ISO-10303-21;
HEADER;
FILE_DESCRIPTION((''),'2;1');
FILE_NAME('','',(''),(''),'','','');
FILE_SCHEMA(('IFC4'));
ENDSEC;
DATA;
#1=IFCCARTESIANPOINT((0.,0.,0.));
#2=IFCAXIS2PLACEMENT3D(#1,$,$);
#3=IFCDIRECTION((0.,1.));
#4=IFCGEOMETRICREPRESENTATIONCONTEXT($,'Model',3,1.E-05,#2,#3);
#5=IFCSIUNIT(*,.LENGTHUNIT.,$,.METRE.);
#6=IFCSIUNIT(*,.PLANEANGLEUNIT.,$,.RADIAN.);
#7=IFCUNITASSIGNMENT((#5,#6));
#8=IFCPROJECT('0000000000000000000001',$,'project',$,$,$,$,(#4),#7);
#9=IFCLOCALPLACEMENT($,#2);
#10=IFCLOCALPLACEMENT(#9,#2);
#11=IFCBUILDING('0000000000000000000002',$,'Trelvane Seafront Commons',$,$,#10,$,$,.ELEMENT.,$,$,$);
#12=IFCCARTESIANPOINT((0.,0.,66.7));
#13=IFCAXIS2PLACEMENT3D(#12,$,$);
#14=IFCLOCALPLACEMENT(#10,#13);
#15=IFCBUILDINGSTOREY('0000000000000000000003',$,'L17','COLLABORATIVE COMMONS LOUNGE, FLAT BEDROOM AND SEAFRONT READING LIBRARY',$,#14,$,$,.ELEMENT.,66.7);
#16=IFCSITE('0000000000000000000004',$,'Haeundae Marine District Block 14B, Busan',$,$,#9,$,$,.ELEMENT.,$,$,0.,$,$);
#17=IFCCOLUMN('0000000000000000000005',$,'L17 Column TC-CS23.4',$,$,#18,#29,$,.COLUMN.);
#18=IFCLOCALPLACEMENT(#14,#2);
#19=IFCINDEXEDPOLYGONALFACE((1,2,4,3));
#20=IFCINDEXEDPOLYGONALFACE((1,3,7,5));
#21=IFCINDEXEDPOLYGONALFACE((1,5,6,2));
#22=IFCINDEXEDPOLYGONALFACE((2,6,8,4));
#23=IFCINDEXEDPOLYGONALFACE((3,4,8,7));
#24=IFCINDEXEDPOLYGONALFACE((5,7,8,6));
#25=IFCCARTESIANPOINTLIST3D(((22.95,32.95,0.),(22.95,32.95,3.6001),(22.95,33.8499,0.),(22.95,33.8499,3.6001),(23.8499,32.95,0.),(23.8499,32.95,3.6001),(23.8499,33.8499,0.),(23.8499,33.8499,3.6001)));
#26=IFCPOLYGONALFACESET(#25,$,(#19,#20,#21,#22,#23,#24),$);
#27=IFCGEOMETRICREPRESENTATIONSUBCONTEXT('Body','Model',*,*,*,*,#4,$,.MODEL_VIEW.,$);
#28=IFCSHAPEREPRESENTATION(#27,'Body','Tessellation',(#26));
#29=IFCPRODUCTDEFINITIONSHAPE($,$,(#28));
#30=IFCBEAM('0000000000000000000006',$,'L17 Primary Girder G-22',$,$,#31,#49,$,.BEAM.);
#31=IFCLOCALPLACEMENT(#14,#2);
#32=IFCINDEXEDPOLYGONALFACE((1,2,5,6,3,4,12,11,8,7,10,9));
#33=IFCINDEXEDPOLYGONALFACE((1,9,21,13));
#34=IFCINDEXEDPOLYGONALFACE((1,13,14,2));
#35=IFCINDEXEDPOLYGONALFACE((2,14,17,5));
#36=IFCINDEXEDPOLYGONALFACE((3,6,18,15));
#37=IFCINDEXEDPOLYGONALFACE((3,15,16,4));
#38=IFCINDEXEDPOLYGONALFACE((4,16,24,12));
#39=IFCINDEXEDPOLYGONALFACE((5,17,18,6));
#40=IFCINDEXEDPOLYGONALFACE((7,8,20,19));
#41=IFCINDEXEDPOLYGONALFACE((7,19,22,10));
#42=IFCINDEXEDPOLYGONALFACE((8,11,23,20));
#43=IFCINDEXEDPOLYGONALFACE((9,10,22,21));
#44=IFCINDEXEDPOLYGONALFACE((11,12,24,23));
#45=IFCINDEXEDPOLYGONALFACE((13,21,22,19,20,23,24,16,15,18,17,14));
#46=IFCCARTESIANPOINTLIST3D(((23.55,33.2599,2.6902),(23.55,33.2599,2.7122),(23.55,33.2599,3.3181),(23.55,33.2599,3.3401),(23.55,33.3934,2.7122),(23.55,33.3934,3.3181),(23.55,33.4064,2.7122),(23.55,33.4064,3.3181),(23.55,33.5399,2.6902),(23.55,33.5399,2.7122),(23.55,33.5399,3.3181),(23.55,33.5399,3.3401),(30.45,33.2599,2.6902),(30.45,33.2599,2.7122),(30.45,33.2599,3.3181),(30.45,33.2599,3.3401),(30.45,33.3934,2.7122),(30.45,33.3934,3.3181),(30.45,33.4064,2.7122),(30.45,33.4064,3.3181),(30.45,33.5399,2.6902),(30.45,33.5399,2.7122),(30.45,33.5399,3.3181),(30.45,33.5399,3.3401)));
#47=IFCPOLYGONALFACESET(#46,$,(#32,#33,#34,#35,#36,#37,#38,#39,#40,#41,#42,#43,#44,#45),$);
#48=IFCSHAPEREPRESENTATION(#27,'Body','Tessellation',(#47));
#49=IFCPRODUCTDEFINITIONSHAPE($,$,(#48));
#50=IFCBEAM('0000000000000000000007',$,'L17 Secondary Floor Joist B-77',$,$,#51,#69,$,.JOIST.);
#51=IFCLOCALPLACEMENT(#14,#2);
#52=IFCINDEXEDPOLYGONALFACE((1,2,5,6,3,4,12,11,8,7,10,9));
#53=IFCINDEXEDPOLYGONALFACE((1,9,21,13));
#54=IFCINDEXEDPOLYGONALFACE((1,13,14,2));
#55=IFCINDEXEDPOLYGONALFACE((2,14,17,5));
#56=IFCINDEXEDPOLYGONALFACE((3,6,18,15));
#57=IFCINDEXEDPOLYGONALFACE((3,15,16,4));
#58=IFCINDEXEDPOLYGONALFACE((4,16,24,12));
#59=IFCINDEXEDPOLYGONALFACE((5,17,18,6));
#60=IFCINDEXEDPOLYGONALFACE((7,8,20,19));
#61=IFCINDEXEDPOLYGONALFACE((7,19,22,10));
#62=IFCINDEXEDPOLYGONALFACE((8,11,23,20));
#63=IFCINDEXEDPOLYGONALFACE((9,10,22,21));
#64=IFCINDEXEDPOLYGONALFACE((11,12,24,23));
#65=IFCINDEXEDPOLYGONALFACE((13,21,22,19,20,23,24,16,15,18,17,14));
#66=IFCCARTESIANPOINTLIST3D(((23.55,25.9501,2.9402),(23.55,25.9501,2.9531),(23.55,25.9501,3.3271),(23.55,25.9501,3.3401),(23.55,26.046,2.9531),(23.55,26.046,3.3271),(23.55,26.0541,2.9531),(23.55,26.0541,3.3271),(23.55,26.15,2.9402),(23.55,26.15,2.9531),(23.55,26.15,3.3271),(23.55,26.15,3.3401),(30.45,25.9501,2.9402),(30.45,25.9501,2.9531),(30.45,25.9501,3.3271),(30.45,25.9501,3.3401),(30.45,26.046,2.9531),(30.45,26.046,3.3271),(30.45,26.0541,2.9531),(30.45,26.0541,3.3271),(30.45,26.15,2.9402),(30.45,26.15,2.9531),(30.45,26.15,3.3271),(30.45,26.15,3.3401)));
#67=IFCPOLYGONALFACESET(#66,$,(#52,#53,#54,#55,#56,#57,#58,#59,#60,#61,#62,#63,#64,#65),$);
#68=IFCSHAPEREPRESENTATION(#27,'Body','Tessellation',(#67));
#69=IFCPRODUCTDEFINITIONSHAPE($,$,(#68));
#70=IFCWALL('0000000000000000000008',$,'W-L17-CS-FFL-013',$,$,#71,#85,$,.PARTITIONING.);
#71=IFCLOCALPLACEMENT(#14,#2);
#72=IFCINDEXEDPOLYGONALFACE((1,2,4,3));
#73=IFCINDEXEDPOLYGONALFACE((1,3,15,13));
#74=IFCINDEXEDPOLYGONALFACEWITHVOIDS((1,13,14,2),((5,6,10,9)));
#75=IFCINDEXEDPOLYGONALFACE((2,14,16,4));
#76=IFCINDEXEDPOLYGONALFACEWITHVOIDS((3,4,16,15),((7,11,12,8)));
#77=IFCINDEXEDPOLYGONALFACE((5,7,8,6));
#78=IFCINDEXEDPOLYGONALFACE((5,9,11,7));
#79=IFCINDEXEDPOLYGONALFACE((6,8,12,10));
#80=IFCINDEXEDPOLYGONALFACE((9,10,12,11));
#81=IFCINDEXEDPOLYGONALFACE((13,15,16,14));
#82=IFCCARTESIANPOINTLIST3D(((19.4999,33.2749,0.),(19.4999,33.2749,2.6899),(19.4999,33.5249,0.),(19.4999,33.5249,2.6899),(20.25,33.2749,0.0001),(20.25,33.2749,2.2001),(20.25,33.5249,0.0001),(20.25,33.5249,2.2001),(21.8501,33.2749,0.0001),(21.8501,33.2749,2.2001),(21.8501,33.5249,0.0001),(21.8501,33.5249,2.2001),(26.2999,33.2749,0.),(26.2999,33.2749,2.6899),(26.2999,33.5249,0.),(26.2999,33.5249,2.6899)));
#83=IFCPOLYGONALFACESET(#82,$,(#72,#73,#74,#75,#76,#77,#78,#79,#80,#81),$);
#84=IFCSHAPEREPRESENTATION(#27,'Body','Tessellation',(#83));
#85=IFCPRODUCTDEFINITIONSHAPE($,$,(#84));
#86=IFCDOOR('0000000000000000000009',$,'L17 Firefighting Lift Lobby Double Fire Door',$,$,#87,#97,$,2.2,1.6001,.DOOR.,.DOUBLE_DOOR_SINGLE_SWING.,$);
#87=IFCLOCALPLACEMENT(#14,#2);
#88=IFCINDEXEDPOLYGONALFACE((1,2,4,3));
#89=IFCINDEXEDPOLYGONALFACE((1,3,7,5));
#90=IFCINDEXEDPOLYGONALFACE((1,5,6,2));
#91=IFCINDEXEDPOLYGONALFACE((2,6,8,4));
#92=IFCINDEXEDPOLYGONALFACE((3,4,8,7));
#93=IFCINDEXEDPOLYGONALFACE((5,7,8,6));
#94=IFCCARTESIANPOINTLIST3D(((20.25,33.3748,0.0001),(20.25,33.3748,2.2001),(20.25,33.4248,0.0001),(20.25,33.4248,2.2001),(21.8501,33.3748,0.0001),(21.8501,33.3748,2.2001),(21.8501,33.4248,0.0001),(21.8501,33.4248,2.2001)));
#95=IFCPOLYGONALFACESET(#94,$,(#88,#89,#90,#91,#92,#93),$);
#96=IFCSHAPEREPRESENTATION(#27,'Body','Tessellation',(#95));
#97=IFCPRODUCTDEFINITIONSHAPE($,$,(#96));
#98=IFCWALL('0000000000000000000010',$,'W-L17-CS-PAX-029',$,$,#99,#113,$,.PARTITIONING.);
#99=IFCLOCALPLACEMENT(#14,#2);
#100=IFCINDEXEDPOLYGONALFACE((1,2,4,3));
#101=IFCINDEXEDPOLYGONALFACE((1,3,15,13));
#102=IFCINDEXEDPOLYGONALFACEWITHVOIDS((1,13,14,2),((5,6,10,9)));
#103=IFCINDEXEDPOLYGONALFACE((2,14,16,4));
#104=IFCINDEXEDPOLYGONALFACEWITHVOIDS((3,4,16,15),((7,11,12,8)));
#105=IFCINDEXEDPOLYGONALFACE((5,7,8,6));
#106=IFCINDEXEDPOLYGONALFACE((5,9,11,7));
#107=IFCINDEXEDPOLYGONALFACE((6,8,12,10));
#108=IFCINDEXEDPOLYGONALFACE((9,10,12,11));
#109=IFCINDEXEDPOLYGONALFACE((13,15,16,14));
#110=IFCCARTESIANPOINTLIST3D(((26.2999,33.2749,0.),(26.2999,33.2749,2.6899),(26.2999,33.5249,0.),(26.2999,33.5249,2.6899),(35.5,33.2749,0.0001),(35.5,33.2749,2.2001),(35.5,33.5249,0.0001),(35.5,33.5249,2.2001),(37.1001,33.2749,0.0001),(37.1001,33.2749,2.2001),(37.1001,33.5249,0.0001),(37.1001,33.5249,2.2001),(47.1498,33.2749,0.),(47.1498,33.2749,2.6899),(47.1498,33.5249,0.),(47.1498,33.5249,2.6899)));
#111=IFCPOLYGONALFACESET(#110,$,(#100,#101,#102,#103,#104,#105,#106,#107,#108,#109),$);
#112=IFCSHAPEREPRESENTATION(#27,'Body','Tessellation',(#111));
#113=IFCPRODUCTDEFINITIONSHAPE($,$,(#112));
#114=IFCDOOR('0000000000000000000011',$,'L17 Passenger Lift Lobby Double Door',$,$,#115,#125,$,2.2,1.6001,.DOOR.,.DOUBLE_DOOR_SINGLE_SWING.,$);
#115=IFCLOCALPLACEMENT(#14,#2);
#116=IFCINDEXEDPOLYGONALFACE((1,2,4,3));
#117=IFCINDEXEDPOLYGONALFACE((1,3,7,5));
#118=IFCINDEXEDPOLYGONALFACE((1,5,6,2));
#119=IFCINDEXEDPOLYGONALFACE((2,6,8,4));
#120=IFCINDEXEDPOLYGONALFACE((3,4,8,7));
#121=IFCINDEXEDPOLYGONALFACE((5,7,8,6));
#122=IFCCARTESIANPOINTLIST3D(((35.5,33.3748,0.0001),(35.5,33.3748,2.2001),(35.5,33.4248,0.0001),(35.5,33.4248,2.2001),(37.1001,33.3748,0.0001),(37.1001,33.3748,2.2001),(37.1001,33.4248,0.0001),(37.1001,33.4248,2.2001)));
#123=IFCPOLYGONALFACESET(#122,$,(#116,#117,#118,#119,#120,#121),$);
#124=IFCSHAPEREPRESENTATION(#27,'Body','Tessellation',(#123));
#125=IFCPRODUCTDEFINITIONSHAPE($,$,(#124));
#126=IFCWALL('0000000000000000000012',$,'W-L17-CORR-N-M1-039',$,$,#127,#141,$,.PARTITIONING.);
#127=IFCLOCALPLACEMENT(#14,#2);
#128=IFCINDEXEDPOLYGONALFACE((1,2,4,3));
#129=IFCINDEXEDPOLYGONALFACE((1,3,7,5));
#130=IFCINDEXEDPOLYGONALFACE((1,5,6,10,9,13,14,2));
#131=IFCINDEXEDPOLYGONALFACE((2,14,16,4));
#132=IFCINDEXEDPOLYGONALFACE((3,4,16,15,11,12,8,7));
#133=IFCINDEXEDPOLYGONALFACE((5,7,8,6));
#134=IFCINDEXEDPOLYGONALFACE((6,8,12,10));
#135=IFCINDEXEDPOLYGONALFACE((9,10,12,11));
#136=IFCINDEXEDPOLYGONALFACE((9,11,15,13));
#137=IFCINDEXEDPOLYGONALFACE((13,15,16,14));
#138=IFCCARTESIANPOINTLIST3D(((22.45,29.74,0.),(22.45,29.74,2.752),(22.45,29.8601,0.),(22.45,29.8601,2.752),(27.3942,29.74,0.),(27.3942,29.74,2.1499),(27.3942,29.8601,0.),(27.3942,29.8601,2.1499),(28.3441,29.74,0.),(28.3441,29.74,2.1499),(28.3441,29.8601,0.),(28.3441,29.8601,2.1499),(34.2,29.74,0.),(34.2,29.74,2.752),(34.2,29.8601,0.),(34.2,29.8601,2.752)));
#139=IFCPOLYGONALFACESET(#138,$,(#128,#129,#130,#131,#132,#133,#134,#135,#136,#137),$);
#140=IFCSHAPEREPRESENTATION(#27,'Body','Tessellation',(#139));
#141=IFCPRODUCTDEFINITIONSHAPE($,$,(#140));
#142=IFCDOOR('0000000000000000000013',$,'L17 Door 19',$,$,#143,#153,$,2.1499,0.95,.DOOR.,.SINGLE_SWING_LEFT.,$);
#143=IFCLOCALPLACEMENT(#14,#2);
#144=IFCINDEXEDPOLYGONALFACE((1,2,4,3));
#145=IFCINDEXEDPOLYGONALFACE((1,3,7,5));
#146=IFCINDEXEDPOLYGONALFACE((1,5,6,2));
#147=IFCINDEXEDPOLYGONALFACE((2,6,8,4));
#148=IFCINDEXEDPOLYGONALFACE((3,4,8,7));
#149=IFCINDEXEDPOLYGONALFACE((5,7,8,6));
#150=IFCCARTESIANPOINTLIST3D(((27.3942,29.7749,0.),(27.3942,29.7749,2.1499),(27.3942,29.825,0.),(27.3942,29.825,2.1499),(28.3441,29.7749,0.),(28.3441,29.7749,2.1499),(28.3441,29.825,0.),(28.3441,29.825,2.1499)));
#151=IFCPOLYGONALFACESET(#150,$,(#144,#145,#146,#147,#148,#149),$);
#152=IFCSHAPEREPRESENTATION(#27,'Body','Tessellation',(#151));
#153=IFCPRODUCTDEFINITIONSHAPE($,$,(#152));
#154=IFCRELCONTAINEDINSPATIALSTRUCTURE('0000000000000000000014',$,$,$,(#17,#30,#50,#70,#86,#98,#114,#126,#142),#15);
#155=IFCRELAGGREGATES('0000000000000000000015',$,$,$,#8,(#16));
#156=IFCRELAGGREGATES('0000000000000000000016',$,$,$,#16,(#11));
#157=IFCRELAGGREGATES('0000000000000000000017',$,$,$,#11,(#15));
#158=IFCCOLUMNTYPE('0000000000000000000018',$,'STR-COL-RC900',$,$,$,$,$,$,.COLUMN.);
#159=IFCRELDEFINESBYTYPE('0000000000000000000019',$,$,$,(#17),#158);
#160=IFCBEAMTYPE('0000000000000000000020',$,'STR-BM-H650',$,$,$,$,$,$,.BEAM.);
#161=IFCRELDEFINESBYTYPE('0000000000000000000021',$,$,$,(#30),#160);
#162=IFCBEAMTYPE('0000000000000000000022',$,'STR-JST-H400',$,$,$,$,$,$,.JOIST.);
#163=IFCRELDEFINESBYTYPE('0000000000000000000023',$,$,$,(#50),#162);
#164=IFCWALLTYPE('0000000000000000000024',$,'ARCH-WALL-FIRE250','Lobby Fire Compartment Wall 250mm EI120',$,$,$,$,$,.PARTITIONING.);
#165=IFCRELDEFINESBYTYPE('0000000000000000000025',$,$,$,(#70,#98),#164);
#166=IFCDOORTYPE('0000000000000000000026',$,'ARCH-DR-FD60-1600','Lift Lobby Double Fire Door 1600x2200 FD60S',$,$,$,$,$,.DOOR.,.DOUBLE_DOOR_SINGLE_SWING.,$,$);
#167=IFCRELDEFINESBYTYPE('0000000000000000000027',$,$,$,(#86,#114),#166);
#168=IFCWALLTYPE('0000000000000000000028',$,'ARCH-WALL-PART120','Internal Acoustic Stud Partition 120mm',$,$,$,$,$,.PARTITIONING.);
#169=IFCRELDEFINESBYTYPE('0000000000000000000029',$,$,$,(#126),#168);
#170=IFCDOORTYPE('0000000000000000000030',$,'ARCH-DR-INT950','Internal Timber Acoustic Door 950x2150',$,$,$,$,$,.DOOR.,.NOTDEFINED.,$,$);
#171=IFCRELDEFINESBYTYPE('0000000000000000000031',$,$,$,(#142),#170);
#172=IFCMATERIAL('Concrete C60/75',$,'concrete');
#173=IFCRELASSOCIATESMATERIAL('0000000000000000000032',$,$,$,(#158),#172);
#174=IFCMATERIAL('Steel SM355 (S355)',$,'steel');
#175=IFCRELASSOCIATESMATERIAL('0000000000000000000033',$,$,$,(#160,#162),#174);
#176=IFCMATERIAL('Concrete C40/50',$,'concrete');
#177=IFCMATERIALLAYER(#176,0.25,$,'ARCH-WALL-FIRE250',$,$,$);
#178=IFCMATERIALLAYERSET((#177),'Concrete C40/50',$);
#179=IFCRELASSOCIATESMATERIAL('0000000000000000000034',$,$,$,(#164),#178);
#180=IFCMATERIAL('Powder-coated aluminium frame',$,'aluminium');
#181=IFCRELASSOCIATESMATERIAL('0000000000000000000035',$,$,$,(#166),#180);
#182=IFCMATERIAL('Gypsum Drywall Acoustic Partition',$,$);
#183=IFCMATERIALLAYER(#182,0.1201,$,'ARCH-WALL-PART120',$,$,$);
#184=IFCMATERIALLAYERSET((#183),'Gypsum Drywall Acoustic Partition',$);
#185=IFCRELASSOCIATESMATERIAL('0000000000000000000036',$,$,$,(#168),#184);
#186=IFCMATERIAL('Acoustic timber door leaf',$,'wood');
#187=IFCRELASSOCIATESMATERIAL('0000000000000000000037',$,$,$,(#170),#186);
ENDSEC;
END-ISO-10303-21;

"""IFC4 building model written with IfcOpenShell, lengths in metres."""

from ifc_helpers import new_model, si_unit, direction, frame, frame_2d, origin, origin_2d, place, context, subcontext, project, spatial, rectangle, i_section, extrude, source, transform, mapped, material, layer, layer_set, material_profile, profile_set, type_object, element, fill, save


model = new_model("IFC4")

# Units and contexts
model_context = context("Model", 3, precision=1e-05, world=origin(), true_north=direction((0.0, 1.0)))
body_context = subcontext(model_context, "Body", "Model", "MODEL_VIEW")
ifc_project = project(units=[si_unit("LENGTHUNIT", "METRE"), si_unit("PLANEANGLEUNIT", "RADIAN")], contexts=[model_context])

# Site, building, storey
site_placement = place(None, origin())
site = spatial("IfcSite", under=ifc_project, at=site_placement, Name="Haeundae Marine District Block 14B, Busan", CompositionType="ELEMENT", RefElevation=0.0)
building_placement = place(site_placement, origin())
building = spatial("IfcBuilding", under=site, at=building_placement, Name="Trelvane Seafront Commons", CompositionType="ELEMENT")
storey_placement = place(building_placement, frame((0.0, 0.0, 66.7)))
storey = spatial("IfcBuildingStorey", under=building, at=storey_placement, Name="L17", Description="COLLABORATIVE COMMONS LOUNGE, FLAT BEDROOM AND SEAFRONT READING LIBRARY", CompositionType="ELEMENT", Elevation=66.7)

# Column
ifc_material_1 = material(Name="Concrete C60/75", Category="concrete")
ifc_material_profile_1 = material_profile(ifc_material_1, rectangle(XDim=0.8999, YDim=0.8999, at=origin_2d()), Name="RC-900x900")
ifc_profile_set_1 = profile_set([ifc_material_profile_1], Name="Concrete C60/75")
column_type = type_object("IfcColumnType", Name="STR-COL-RC900", PredefinedType="COLUMN", material=ifc_profile_set_1)
shared_shape_1 = source(origin(), body_context, "Body", "SweptSolid", [
    extrude(rectangle(XDim=0.8999, YDim=0.8999, at=origin_2d()), origin(), (0.0, 0.0, 1.0), 3.6001),
])
column_placement = place(storey_placement, frame((23.3999, 33.3999, 0.0), z_axis=(0.0, 0.0, 1.0), x_axis=(1.0, 0.0, 0.0)))
element("IfcColumn", 1, at=column_placement, inside=storey, type_object=column_type, Name="L17 Column TC-CS23.4", PredefinedType="COLUMN", context=body_context, shape_type="MappedRepresentation", body=[
    mapped(shared_shape_1, transform((0.0, 0.0, 0.0), x_axis=(1.0, 0.0, 0.0), y_axis=(0.0, 1.0, 0.0), z_axis=(0.0, 0.0, 1.0), scale=1.0)),
])

# Beams
ifc_material_2 = material(Name="Steel SM355 (S355)", Category="steel")
ifc_material_profile_2 = material_profile(ifc_material_2, i_section(OverallWidth=0.28, OverallDepth=0.6499, WebThickness=0.0129, FlangeThickness=0.022, at=origin_2d()), Name="H-650x280x13x22")
ifc_profile_set_2 = profile_set([ifc_material_profile_2], Name="Steel SM355 (S355)")
beam_type_1 = type_object("IfcBeamType", Name="STR-BM-H650", PredefinedType="BEAM", material=ifc_profile_set_2)
shared_shape_2 = source(origin(), body_context, "Body", "SweptSolid", [
    extrude(i_section(OverallWidth=0.28, OverallDepth=0.6499, WebThickness=0.0129, FlangeThickness=0.022, at=origin_2d()), origin(), (0.0, 0.0, 1.0), 6.8999),
])
beam_1_placement = place(storey_placement, frame((23.55, 33.3999, 3.0151), z_axis=(1.0, 0.0, 0.0), x_axis=(0.0, 1.0, 0.0)))
element("IfcBeam", 2, at=beam_1_placement, inside=storey, type_object=beam_type_1, Name="L17 Primary Girder G-22", PredefinedType="BEAM", context=body_context, shape_type="MappedRepresentation", body=[
    mapped(shared_shape_2, transform((0.0, 0.0, 0.0), x_axis=(1.0, 0.0, 0.0), y_axis=(0.0, 1.0, 0.0), z_axis=(0.0, 0.0, 1.0), scale=1.0)),
])
ifc_material_profile_3 = material_profile(ifc_material_2, i_section(OverallWidth=0.2, OverallDepth=0.3999, WebThickness=0.0081, FlangeThickness=0.0129, at=origin_2d()), Name="H-400x200x8x13")
ifc_profile_set_3 = profile_set([ifc_material_profile_3], Name="Steel SM355 (S355)")
beam_type_2 = type_object("IfcBeamType", Name="STR-JST-H400", PredefinedType="JOIST", material=ifc_profile_set_3)
shared_shape_3 = source(origin(), body_context, "Body", "SweptSolid", [
    extrude(i_section(OverallWidth=0.2, OverallDepth=0.3999, WebThickness=0.0081, FlangeThickness=0.0129, at=origin_2d()), origin(), (0.0, 0.0, 1.0), 6.8999),
])
beam_2_placement = place(storey_placement, frame((23.55, 26.05, 3.1401), z_axis=(1.0, 0.0, 0.0), x_axis=(0.0, 1.0, 0.0)))
element("IfcBeam", 3, at=beam_2_placement, inside=storey, type_object=beam_type_2, Name="L17 Secondary Floor Joist B-77", PredefinedType="JOIST", context=body_context, shape_type="MappedRepresentation", body=[
    mapped(shared_shape_3, transform((0.0, 0.0, 0.0), x_axis=(1.0, 0.0, 0.0), y_axis=(0.0, 1.0, 0.0), z_axis=(0.0, 0.0, 1.0), scale=1.0)),
])

# Walls, openings, doors
ifc_material_3 = material(Name="Concrete C40/50", Category="concrete")
ifc_layer_1 = layer(ifc_material_3, 0.25, Name="ARCH-WALL-FIRE250")
ifc_layer_set_1 = layer_set([ifc_layer_1], Name="Concrete C40/50")
wall_type_1 = type_object("IfcWallType", Name="ARCH-WALL-FIRE250", Description="Lobby Fire Compartment Wall 250mm EI120", PredefinedType="PARTITIONING", material=ifc_layer_set_1)
wall_1_placement = place(storey_placement, frame((19.5, 33.3999, 0.0), z_axis=(0.0, 0.0, 1.0), x_axis=(1.0, 0.0, 0.0)))
wall_1 = element("IfcWall", 4, at=wall_1_placement, inside=storey, type_object=wall_type_1, Name="W-L17-CS-FFL-013", PredefinedType="PARTITIONING", context=body_context, shape_type="SweptSolid", body=[
    extrude(rectangle(XDim=6.8, YDim=0.25, at=frame_2d((3.3999, 0.0))), origin(), (0.0, 0.0, 1.0), 2.6899),
])
opening_1_placement = place(wall_1_placement, frame((0.75, 0.0, 0.0)))
opening_1 = element("IfcOpeningElement", 5, at=opening_1_placement, cuts=wall_1, PredefinedType="OPENING", context=body_context, shape_type="SweptSolid", body=[
    extrude(rectangle(XDim=1.6001, YDim=2.2, at=frame_2d((0.8, 1.1001))), frame((0.0, 0.135, 0.0), z_axis=(0.0, -1.0, 0.0), x_axis=(1.0, 0.0, 0.0)), (0.0, 0.0, 1.0), 0.27),
])
ifc_material_4 = material(Name="Powder-coated aluminium frame", Category="aluminium")
door_type_1 = type_object("IfcDoorType", Name="ARCH-DR-FD60-1600", Description="Lift Lobby Double Fire Door 1600x2200 FD60S", OperationType="DOUBLE_DOOR_SINGLE_SWING", PredefinedType="DOOR", material=ifc_material_4)
shared_shape_4 = source(origin(), body_context, "Body", "SweptSolid", [
    extrude(rectangle(XDim=1.6001, YDim=2.2, at=frame_2d((0.8, 1.1001))), frame((0.0, 0.0249, 0.0), z_axis=(0.0, -1.0, 0.0), x_axis=(1.0, 0.0, 0.0)), (0.0, 0.0, 1.0), 0.05),
])
door_1_placement = place(opening_1_placement, origin())
door_1 = element("IfcDoor", 6, at=door_1_placement, inside=storey, type_object=door_type_1, Name="L17 Firefighting Lift Lobby Double Fire Door", OperationType="DOUBLE_DOOR_SINGLE_SWING", OverallHeight=2.2, OverallWidth=1.6001, PredefinedType="DOOR", context=body_context, shape_type="MappedRepresentation", body=[
    mapped(shared_shape_4, transform((0.0, 0.0, 0.0), x_axis=(1.0, 0.0, 0.0), y_axis=(0.0, 1.0, 0.0), z_axis=(0.0, 0.0, 1.0), scale=1.0)),
])
fill(opening_1, door_1)
wall_2_placement = place(storey_placement, frame((26.3, 33.3999, 0.0), z_axis=(0.0, 0.0, 1.0), x_axis=(1.0, 0.0, 0.0)))
wall_2 = element("IfcWall", 7, at=wall_2_placement, inside=storey, type_object=wall_type_1, Name="W-L17-CS-PAX-029", PredefinedType="PARTITIONING", context=body_context, shape_type="SweptSolid", body=[
    extrude(rectangle(XDim=20.8499, YDim=0.25, at=frame_2d((10.4248, 0.0))), origin(), (0.0, 0.0, 1.0), 2.6899),
])
opening_2_placement = place(wall_2_placement, frame((9.2, 0.0, 0.0)))
opening_2 = element("IfcOpeningElement", 8, at=opening_2_placement, cuts=wall_2, PredefinedType="OPENING", context=body_context, shape_type="SweptSolid", body=[
    extrude(rectangle(XDim=1.6001, YDim=2.2, at=frame_2d((0.8, 1.1001))), frame((0.0, 0.135, 0.0), z_axis=(0.0, -1.0, 0.0), x_axis=(1.0, 0.0, 0.0)), (0.0, 0.0, 1.0), 0.27),
])
door_2_placement = place(opening_2_placement, origin())
door_2 = element("IfcDoor", 9, at=door_2_placement, inside=storey, type_object=door_type_1, Name="L17 Passenger Lift Lobby Double Door", OperationType="DOUBLE_DOOR_SINGLE_SWING", OverallHeight=2.2, OverallWidth=1.6001, PredefinedType="DOOR", context=body_context, shape_type="MappedRepresentation", body=[
    mapped(shared_shape_4, transform((0.0, 0.0, 0.0), x_axis=(1.0, 0.0, 0.0), y_axis=(0.0, 1.0, 0.0), z_axis=(0.0, 0.0, 1.0), scale=1.0)),
])
fill(opening_2, door_2)
ifc_material_5 = material(Name="Gypsum Drywall Acoustic Partition")
ifc_layer_2 = layer(ifc_material_5, 0.1201, Name="ARCH-WALL-PART120")
ifc_layer_set_2 = layer_set([ifc_layer_2], Name="Gypsum Drywall Acoustic Partition")
wall_type_2 = type_object("IfcWallType", Name="ARCH-WALL-PART120", Description="Internal Acoustic Stud Partition 120mm", PredefinedType="PARTITIONING", material=ifc_layer_set_2)
wall_3_placement = place(storey_placement, frame((22.45, 29.8, 0.0), z_axis=(0.0, 0.0, 1.0), x_axis=(1.0, 0.0, 0.0)))
wall_3 = element("IfcWall", 10, at=wall_3_placement, inside=storey, type_object=wall_type_2, Name="W-L17-CORR-N-M1-039", PredefinedType="PARTITIONING", context=body_context, shape_type="SweptSolid", body=[
    extrude(rectangle(XDim=11.75, YDim=0.1201, at=frame_2d((5.875, 0.0))), origin(), (0.0, 0.0, 1.0), 2.752),
])
opening_3_placement = place(wall_3_placement, frame((4.9441, 0.0, 0.0)))
opening_3 = element("IfcOpeningElement", 11, at=opening_3_placement, cuts=wall_3, PredefinedType="OPENING", context=body_context, shape_type="SweptSolid", body=[
    extrude(rectangle(XDim=0.95, YDim=2.1499, at=frame_2d((0.4751, 1.075))), frame((0.0, 0.0701, 0.0), z_axis=(0.0, -1.0, 0.0), x_axis=(1.0, 0.0, 0.0)), (0.0, 0.0, 1.0), 0.1401),
])
ifc_material_6 = material(Name="Acoustic timber door leaf", Category="wood")
door_type_2 = type_object("IfcDoorType", Name="ARCH-DR-INT950", Description="Internal Timber Acoustic Door 950x2150", OperationType="NOTDEFINED", PredefinedType="DOOR", material=ifc_material_6)
shared_shape_5 = source(origin(), body_context, "Body", "SweptSolid", [
    extrude(rectangle(XDim=0.95, YDim=2.1499, at=frame_2d((0.4751, 1.075))), frame((0.0, 0.0249, 0.0), z_axis=(0.0, -1.0, 0.0), x_axis=(1.0, 0.0, 0.0)), (0.0, 0.0, 1.0), 0.05),
])
door_3_placement = place(opening_3_placement, origin())
door_3 = element("IfcDoor", 12, at=door_3_placement, inside=storey, type_object=door_type_2, Name="L17 Door 19", OperationType="SINGLE_SWING_LEFT", OverallHeight=2.1499, OverallWidth=0.95, PredefinedType="DOOR", context=body_context, shape_type="MappedRepresentation", body=[
    mapped(shared_shape_5, transform((0.0, 0.0, 0.0), x_axis=(1.0, 0.0, 0.0), y_axis=(0.0, 1.0, 0.0), z_axis=(0.0, 0.0, 1.0), scale=1.0)),
])
fill(opening_3, door_3)

save(model, "model.ifc")
